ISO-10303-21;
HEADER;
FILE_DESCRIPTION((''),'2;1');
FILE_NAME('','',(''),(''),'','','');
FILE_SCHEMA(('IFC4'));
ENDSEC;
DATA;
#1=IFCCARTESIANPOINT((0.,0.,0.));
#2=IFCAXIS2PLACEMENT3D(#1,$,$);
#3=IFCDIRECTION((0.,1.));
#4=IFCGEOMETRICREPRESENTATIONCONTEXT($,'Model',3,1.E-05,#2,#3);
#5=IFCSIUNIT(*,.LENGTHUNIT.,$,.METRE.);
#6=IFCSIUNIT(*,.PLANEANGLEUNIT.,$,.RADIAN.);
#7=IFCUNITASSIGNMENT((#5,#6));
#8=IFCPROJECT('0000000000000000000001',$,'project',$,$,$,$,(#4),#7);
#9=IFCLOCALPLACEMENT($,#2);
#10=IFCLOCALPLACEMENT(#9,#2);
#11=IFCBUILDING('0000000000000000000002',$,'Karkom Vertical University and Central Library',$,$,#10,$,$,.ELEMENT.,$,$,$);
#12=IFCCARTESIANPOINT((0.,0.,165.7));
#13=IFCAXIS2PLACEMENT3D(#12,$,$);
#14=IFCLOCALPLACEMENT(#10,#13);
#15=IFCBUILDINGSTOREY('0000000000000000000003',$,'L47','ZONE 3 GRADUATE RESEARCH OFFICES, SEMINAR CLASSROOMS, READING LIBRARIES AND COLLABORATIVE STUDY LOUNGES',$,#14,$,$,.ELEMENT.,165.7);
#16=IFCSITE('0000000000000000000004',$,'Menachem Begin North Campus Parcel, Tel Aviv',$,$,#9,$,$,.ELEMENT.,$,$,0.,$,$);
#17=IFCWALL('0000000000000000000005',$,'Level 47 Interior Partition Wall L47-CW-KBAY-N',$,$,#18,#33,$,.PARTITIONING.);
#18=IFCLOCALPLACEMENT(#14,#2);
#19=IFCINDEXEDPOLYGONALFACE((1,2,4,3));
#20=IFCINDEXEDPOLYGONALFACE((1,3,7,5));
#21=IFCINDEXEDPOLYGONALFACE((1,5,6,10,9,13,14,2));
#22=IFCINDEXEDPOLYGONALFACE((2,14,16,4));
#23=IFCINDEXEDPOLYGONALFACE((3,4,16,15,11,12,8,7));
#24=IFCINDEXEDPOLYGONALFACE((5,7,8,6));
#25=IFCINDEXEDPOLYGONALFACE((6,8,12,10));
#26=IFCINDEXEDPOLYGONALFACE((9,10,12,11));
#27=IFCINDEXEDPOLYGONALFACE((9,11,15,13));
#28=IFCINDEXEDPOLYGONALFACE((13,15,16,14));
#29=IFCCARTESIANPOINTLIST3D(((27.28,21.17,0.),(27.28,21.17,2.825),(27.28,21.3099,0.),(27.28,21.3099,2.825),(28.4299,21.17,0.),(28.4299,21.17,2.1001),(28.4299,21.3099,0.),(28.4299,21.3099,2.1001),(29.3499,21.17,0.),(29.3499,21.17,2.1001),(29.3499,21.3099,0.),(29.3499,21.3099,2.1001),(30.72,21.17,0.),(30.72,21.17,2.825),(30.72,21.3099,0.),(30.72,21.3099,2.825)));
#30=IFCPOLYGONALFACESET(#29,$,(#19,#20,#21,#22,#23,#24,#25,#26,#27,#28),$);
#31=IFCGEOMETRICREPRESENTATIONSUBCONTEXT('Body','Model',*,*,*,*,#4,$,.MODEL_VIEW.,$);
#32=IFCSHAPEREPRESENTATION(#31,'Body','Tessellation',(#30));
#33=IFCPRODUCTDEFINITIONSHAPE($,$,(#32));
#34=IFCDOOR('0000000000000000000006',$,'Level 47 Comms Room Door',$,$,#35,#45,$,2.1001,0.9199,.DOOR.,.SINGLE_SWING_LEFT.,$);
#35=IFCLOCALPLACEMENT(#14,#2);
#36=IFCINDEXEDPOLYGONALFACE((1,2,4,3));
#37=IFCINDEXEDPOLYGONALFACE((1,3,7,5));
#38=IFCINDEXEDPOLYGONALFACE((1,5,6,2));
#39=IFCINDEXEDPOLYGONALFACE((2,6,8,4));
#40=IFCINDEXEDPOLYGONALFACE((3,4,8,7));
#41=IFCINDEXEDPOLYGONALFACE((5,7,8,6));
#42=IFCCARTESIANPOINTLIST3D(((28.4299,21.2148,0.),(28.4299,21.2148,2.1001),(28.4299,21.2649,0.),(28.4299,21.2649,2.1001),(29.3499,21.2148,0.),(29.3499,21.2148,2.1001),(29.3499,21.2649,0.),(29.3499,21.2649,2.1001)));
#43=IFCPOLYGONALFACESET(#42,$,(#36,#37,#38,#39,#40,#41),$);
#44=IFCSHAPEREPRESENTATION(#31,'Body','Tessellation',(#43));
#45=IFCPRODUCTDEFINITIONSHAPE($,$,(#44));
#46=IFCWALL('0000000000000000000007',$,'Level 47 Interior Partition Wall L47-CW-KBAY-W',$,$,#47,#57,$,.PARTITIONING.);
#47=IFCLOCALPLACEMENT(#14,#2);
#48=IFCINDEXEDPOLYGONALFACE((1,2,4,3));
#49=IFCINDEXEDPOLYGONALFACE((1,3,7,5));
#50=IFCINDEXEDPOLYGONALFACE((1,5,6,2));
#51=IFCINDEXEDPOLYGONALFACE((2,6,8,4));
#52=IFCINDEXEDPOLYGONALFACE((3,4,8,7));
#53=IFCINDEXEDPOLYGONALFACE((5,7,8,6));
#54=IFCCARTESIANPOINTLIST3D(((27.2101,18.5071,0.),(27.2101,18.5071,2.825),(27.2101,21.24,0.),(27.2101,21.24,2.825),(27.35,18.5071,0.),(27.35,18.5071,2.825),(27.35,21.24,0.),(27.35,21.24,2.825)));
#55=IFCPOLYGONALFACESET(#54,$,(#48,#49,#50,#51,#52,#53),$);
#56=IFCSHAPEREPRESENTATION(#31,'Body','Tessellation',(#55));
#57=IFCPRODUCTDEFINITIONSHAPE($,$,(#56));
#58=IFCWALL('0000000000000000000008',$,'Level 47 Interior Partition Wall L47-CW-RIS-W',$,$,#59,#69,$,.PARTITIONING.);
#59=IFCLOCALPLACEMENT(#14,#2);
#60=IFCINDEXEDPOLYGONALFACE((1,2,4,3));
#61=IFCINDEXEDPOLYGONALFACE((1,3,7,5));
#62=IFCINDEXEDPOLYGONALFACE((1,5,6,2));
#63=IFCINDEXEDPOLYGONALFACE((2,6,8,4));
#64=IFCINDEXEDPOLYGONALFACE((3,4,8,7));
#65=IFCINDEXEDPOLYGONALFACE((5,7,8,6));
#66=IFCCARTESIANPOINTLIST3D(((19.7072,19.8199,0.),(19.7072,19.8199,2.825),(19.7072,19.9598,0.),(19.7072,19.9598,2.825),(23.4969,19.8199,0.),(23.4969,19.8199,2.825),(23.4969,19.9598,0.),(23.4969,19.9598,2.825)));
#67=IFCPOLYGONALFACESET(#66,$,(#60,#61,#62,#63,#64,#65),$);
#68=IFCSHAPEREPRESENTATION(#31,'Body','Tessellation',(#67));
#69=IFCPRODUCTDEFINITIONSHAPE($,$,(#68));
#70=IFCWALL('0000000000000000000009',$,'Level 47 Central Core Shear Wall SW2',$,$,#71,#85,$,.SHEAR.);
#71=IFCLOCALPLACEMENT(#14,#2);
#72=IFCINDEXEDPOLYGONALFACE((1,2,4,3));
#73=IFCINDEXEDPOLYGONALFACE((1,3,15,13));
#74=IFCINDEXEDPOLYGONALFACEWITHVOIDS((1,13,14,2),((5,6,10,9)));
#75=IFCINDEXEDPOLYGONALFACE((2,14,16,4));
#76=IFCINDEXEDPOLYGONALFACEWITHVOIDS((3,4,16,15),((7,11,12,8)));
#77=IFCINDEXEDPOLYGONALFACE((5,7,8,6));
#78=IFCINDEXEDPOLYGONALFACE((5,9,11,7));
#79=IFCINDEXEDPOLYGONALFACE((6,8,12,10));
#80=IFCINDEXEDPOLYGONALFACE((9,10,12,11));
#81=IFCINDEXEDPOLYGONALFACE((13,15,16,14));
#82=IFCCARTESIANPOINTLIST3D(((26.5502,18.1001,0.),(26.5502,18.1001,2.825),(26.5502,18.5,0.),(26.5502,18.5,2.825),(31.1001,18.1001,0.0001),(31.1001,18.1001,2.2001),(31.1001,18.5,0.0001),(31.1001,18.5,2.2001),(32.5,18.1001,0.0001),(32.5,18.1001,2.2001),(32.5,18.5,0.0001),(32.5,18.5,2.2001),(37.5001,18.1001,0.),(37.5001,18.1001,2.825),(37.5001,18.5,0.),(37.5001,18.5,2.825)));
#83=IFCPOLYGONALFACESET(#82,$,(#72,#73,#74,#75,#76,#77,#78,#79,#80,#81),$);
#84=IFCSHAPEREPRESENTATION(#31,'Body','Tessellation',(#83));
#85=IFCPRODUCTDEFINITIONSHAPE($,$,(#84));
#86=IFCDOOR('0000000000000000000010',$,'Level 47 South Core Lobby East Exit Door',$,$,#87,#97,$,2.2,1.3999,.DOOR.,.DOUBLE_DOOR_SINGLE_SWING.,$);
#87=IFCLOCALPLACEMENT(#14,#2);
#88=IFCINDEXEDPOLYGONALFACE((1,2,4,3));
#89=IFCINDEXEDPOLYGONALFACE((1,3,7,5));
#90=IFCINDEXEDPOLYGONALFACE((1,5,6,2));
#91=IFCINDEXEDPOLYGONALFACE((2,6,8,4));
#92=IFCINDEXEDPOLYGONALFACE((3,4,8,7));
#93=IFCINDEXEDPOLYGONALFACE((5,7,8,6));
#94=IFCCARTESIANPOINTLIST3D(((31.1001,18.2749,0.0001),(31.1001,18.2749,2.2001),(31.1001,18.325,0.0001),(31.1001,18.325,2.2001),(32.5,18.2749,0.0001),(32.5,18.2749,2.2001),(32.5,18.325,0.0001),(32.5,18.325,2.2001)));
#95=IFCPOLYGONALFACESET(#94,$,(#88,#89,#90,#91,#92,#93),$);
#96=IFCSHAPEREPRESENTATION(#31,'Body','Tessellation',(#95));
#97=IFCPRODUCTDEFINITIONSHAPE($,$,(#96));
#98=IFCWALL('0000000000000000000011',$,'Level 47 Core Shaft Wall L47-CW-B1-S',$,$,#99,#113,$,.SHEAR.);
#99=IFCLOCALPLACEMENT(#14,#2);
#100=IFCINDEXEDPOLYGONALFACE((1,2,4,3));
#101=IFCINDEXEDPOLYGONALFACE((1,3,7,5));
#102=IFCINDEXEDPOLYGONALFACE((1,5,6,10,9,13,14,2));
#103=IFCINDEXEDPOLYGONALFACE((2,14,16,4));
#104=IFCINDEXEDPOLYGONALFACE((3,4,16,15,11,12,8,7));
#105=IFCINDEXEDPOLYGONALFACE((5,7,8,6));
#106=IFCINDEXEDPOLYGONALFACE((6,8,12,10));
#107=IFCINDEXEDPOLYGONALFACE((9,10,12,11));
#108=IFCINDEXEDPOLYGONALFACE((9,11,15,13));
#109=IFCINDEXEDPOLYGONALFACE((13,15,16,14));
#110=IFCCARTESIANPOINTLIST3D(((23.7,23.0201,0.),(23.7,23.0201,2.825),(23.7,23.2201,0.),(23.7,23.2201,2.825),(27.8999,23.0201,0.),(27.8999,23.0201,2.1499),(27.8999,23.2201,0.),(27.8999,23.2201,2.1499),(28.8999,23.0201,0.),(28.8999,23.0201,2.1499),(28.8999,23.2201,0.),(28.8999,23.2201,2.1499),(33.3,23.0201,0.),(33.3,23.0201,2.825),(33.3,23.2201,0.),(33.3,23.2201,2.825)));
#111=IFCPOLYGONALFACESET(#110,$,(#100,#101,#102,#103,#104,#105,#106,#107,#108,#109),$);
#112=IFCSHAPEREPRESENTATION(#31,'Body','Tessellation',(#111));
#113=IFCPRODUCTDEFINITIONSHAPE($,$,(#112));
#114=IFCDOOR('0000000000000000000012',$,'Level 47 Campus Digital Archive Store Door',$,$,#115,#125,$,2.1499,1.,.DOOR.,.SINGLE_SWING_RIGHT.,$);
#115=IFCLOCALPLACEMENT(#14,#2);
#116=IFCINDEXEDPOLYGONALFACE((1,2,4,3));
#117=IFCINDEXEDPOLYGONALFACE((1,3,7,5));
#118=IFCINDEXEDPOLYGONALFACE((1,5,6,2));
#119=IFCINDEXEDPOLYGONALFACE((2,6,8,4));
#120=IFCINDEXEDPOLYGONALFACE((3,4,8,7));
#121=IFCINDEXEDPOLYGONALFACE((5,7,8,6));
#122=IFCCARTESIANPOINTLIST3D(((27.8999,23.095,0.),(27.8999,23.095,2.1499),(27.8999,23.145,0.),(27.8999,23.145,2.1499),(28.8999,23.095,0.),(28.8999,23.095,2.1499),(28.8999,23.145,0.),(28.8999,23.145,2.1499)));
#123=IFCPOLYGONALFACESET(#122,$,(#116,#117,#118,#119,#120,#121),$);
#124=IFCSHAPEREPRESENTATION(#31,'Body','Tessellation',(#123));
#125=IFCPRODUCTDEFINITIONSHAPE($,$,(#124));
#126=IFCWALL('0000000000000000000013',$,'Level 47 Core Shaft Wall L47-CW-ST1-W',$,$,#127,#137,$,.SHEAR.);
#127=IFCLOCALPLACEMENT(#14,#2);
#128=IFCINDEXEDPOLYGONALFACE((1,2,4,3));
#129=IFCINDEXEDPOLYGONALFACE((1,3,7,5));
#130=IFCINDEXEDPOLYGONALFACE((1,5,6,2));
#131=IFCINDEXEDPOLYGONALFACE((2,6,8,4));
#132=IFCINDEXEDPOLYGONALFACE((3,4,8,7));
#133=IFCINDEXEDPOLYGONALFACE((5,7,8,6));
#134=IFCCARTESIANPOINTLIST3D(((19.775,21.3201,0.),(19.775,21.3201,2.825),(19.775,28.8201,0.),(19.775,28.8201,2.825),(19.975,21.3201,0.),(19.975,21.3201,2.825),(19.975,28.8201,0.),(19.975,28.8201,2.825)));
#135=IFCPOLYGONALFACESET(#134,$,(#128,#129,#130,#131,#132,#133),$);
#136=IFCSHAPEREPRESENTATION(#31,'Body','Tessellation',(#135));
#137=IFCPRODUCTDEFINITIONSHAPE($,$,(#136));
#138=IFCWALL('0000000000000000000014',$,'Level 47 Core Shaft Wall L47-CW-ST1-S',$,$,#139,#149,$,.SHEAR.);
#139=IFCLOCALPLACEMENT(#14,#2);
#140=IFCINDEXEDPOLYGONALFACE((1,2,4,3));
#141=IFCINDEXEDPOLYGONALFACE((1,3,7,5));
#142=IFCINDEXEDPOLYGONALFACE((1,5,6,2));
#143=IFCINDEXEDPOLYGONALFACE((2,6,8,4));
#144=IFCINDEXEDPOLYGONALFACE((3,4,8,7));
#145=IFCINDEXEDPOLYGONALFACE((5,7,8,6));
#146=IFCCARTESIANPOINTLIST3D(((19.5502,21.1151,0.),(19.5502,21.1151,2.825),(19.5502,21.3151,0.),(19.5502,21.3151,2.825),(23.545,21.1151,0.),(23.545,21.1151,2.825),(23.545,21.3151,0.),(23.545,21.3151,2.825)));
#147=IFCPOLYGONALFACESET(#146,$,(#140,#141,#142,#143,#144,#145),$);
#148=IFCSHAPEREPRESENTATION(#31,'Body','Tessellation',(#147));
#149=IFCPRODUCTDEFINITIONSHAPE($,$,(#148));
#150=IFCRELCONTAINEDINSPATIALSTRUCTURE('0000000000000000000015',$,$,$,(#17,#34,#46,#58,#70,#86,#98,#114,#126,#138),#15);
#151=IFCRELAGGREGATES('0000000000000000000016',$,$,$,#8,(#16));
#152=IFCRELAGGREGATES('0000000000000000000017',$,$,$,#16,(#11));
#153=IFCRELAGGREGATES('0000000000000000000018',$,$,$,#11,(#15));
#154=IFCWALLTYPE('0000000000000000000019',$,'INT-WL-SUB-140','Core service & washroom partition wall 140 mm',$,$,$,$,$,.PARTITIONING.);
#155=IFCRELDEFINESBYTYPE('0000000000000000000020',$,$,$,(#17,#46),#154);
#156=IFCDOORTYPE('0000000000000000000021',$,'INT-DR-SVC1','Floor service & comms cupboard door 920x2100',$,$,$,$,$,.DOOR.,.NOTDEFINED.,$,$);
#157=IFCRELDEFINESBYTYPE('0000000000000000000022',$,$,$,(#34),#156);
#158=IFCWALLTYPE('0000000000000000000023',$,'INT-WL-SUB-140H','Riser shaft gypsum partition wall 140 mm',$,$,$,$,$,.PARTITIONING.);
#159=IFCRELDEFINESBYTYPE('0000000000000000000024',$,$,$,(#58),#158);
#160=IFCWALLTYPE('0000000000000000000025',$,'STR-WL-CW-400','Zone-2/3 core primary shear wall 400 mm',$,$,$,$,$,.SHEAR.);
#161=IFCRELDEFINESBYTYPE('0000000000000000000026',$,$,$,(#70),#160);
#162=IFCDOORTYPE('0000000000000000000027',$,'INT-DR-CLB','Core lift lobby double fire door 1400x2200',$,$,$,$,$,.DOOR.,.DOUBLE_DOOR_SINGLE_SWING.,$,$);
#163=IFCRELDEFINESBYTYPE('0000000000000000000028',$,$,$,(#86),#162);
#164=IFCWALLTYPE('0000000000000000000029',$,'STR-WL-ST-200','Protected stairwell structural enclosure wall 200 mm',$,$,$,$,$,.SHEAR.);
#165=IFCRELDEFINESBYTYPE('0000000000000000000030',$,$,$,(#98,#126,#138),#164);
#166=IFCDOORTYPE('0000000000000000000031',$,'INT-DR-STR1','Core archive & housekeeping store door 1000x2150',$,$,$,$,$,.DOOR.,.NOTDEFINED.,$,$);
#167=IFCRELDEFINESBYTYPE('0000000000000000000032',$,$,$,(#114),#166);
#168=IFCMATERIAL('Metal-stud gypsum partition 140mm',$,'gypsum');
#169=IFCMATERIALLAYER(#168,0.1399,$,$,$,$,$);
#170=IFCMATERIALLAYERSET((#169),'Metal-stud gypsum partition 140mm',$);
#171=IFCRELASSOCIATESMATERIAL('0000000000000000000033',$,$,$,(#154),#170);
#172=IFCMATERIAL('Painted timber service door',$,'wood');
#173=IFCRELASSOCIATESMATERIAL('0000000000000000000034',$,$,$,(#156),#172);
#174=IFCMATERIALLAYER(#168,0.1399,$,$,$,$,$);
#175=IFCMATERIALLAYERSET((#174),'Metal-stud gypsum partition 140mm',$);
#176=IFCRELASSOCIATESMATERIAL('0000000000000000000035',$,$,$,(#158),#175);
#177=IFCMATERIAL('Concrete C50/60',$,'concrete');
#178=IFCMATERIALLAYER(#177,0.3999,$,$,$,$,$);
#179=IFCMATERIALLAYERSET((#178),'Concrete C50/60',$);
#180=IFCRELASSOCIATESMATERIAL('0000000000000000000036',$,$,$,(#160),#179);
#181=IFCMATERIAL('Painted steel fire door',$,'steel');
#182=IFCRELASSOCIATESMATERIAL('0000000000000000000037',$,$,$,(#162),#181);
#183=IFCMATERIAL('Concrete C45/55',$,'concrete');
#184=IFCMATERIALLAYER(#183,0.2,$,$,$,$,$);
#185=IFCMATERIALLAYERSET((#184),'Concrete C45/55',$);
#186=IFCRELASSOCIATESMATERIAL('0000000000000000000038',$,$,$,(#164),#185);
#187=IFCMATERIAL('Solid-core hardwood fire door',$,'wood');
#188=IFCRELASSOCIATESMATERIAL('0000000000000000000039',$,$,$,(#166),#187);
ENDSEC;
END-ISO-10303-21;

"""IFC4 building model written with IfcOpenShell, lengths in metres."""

from ifc_helpers import new_model, si_unit, direction, frame, frame_2d, origin, origin_with_axes, place, context, subcontext, project, spatial, rectangle, extrude, source, transform, mapped, material, layer, layer_set, type_object, element, fill, save


model = new_model("IFC4")

# Units and contexts
model_context = context("Model", 3, precision=1e-05, world=origin(), true_north=direction((0.0, 1.0)))
body_context = subcontext(model_context, "Body", "Model", "MODEL_VIEW")
ifc_project = project(units=[si_unit("LENGTHUNIT", "METRE"), si_unit("PLANEANGLEUNIT", "RADIAN")], contexts=[model_context])

# Site, building, storey
site_placement = place(None, origin())
site = spatial("IfcSite", under=ifc_project, at=site_placement, Name="Menachem Begin North Campus Parcel, Tel Aviv", CompositionType="ELEMENT", RefElevation=0.0)
building_placement = place(site_placement, origin())
building = spatial("IfcBuilding", under=site, at=building_placement, Name="Karkom Vertical University and Central Library", CompositionType="ELEMENT")
storey_placement = place(building_placement, frame((0.0, 0.0, 165.7)))
storey = spatial("IfcBuildingStorey", under=building, at=storey_placement, Name="L47", Description="ZONE 3 GRADUATE RESEARCH OFFICES, SEMINAR CLASSROOMS, READING LIBRARIES AND COLLABORATIVE STUDY LOUNGES", CompositionType="ELEMENT", Elevation=165.7)

# Shared definitions
ifc_material_1 = material(Name="Concrete C50/60", Category="concrete")

# Wall, opening, door
ifc_material_2 = material(Name="Metal-stud gypsum partition 140mm", Category="gypsum")
ifc_layer_1 = layer(ifc_material_2, 0.1399)
ifc_layer_set_1 = layer_set([ifc_layer_1], Name="Metal-stud gypsum partition 140mm")
wall_type_1 = type_object("IfcWallType", Name="INT-WL-SUB-140", Description="Core service & washroom partition wall 140 mm", PredefinedType="PARTITIONING", material=ifc_layer_set_1)
wall_1_placement = place(storey_placement, frame((27.28, 21.24, 0.0), z_axis=(0.0, 0.0, 1.0), x_axis=(1.0, 0.0, 0.0)))
wall_1 = element("IfcWall", 1, at=wall_1_placement, inside=storey, type_object=wall_type_1, Name="Level 47 Interior Partition Wall L47-CW-KBAY-N", PredefinedType="PARTITIONING", context=body_context, shape_type="SweptSolid", body=[
    extrude(rectangle(XDim=3.4399, YDim=0.1399, at=frame_2d((1.72, 0.0))), origin(), (0.0, 0.0, 1.0), 2.825),
])
opening_1_placement = place(wall_1_placement, frame((1.1499, 0.0, 0.0)))
opening_1 = element("IfcOpeningElement", 2, at=opening_1_placement, cuts=wall_1, PredefinedType="OPENING", context=body_context, shape_type="SweptSolid", body=[
    extrude(rectangle(XDim=0.9199, YDim=2.1001, at=frame_2d((0.46, 1.05))), frame((0.0, 0.0801, 0.0), z_axis=(0.0, -1.0, 0.0), x_axis=(1.0, 0.0, 0.0)), (0.0, 0.0, 1.0), 0.1599),
])
ifc_material_3 = material(Name="Painted timber service door", Category="wood")
door_type_1 = type_object("IfcDoorType", Name="INT-DR-SVC1", Description="Floor service & comms cupboard door 920x2100", OperationType="NOTDEFINED", PredefinedType="DOOR", material=ifc_material_3)
shared_shape_1 = source(origin_with_axes(), body_context, "Body", "SweptSolid", [
    extrude(rectangle(XDim=0.9199, YDim=2.1001, at=frame_2d((0.46, 1.05))), frame((0.0, 0.0249, 0.0), z_axis=(0.0, -1.0, 0.0), x_axis=(1.0, 0.0, 0.0)), (0.0, 0.0, 1.0), 0.05),
])
door_1_placement = place(opening_1_placement, origin())
door_1 = element("IfcDoor", 3, at=door_1_placement, inside=storey, type_object=door_type_1, Name="Level 47 Comms Room Door", OperationType="SINGLE_SWING_LEFT", OverallHeight=2.1001, OverallWidth=0.9199, PredefinedType="DOOR", context=body_context, shape_type="MappedRepresentation", body=[
    mapped(shared_shape_1, transform((0.0, 0.0, 0.0), scale=1.0)),
])
fill(opening_1, door_1)

# Walls
wall_2_placement = place(storey_placement, frame((27.28, 18.5071, 0.0), z_axis=(0.0, 0.0, 1.0), x_axis=(0.0, 1.0, 0.0)))
element("IfcWall", 4, at=wall_2_placement, inside=storey, type_object=wall_type_1, Name="Level 47 Interior Partition Wall L47-CW-KBAY-W", PredefinedType="PARTITIONING", context=body_context, shape_type="SweptSolid", body=[
    extrude(rectangle(XDim=2.7329, YDim=0.1399, at=frame_2d((1.3665, 0.0))), origin(), (0.0, 0.0, 1.0), 2.825),
])
ifc_layer_2 = layer(ifc_material_2, 0.1399)
ifc_layer_set_2 = layer_set([ifc_layer_2], Name="Metal-stud gypsum partition 140mm")
wall_type_2 = type_object("IfcWallType", Name="INT-WL-SUB-140H", Description="Riser shaft gypsum partition wall 140 mm", PredefinedType="PARTITIONING", material=ifc_layer_set_2)
wall_3_placement = place(storey_placement, frame((19.707, 19.8899, 0.0), z_axis=(0.0, 0.0, 1.0), x_axis=(1.0, 0.0, 0.0)))
element("IfcWall", 5, at=wall_3_placement, inside=storey, type_object=wall_type_2, Name="Level 47 Interior Partition Wall L47-CW-RIS-W", PredefinedType="PARTITIONING", context=body_context, shape_type="SweptSolid", body=[
    extrude(rectangle(XDim=3.7898, YDim=0.1399, at=frame_2d((1.895, 0.0))), origin(), (0.0, 0.0, 1.0), 2.825),
])

# Wall, opening, door
ifc_layer_3 = layer(ifc_material_1, 0.3999)
ifc_layer_set_3 = layer_set([ifc_layer_3], Name="Concrete C50/60")
wall_type_3 = type_object("IfcWallType", Name="STR-WL-CW-400", Description="Zone-2/3 core primary shear wall 400 mm", PredefinedType="SHEAR", material=ifc_layer_set_3)
wall_4_placement = place(storey_placement, frame((26.55, 18.3, 0.0), z_axis=(0.0, 0.0, 1.0), x_axis=(1.0, 0.0, 0.0)))
wall_4 = element("IfcWall", 6, at=wall_4_placement, inside=storey, type_object=wall_type_3, Name="Level 47 Central Core Shear Wall SW2", PredefinedType="SHEAR", context=body_context, shape_type="SweptSolid", body=[
    extrude(rectangle(XDim=10.95, YDim=0.3999, at=frame_2d((5.4751, 0.0))), origin(), (0.0, 0.0, 1.0), 2.825),
])
opening_2_placement = place(wall_4_placement, frame((4.55, 0.0, 0.0)))
opening_2 = element("IfcOpeningElement", 7, at=opening_2_placement, cuts=wall_4, PredefinedType="OPENING", context=body_context, shape_type="SweptSolid", body=[
    extrude(rectangle(XDim=1.3999, YDim=2.2, at=frame_2d((0.7, 1.1001))), frame((0.0, 0.21, 0.0), z_axis=(0.0, -1.0, 0.0), x_axis=(1.0, 0.0, 0.0)), (0.0, 0.0, 1.0), 0.4199),
])
ifc_material_4 = material(Name="Painted steel fire door", Category="steel")
door_type_2 = type_object("IfcDoorType", Name="INT-DR-CLB", Description="Core lift lobby double fire door 1400x2200", OperationType="DOUBLE_DOOR_SINGLE_SWING", PredefinedType="DOOR", material=ifc_material_4)
shared_shape_2 = source(origin_with_axes(), body_context, "Body", "SweptSolid", [
    extrude(rectangle(XDim=1.3999, YDim=2.2, at=frame_2d((0.7, 1.1001))), frame((0.0, 0.0249, 0.0), z_axis=(0.0, -1.0, 0.0), x_axis=(1.0, 0.0, 0.0)), (0.0, 0.0, 1.0), 0.05),
])
door_2_placement = place(opening_2_placement, origin())
door_2 = element("IfcDoor", 8, at=door_2_placement, inside=storey, type_object=door_type_2, Name="Level 47 South Core Lobby East Exit Door", OperationType="DOUBLE_DOOR_SINGLE_SWING", OverallHeight=2.2, OverallWidth=1.3999, PredefinedType="DOOR", context=body_context, shape_type="MappedRepresentation", body=[
    mapped(shared_shape_2, transform((0.0, 0.0, 0.0), scale=1.0)),
])
fill(opening_2, door_2)

# Shared definitions
ifc_material_5 = material(Name="Concrete C45/55", Category="concrete")
ifc_layer_4 = layer(ifc_material_5, 0.2)
ifc_layer_set_4 = layer_set([ifc_layer_4], Name="Concrete C45/55")
wall_type_4 = type_object("IfcWallType", Name="STR-WL-ST-200", Description="Protected stairwell structural enclosure wall 200 mm", PredefinedType="SHEAR", material=ifc_layer_set_4)

# Wall, opening, door
wall_5_placement = place(storey_placement, frame((23.7, 23.1201, 0.0), z_axis=(0.0, 0.0, 1.0), x_axis=(1.0, 0.0, 0.0)))
wall_5 = element("IfcWall", 9, at=wall_5_placement, inside=storey, type_object=wall_type_4, Name="Level 47 Core Shaft Wall L47-CW-B1-S", PredefinedType="SHEAR", context=body_context, shape_type="SweptSolid", body=[
    extrude(rectangle(XDim=9.6001, YDim=0.2, at=frame_2d((4.8, 0.0))), origin(), (0.0, 0.0, 1.0), 2.825),
])
opening_3_placement = place(wall_5_placement, frame((4.2, 0.0, 0.0)))
opening_3 = element("IfcOpeningElement", 10, at=opening_3_placement, cuts=wall_5, PredefinedType="OPENING", context=body_context, shape_type="SweptSolid", body=[
    extrude(rectangle(XDim=1.0, YDim=2.1499, at=frame_2d((0.5, 1.075))), frame((0.0, 0.1099, 0.0), z_axis=(0.0, -1.0, 0.0), x_axis=(1.0, 0.0, 0.0)), (0.0, 0.0, 1.0), 0.22),
])
ifc_material_6 = material(Name="Solid-core hardwood fire door", Category="wood")
door_type_3 = type_object("IfcDoorType", Name="INT-DR-STR1", Description="Core archive & housekeeping store door 1000x2150", OperationType="NOTDEFINED", PredefinedType="DOOR", material=ifc_material_6)
shared_shape_3 = source(origin_with_axes(), body_context, "Body", "SweptSolid", [
    extrude(rectangle(XDim=1.0, YDim=2.1499, at=frame_2d((0.5, 1.075))), frame((0.0, 0.0249, 0.0), z_axis=(0.0, -1.0, 0.0), x_axis=(1.0, 0.0, 0.0)), (0.0, 0.0, 1.0), 0.05),
])
door_3_placement = place(opening_3_placement, origin())
door_3 = element("IfcDoor", 11, at=door_3_placement, inside=storey, type_object=door_type_3, Name="Level 47 Campus Digital Archive Store Door", OperationType="SINGLE_SWING_RIGHT", OverallHeight=2.1499, OverallWidth=1.0, PredefinedType="DOOR", context=body_context, shape_type="MappedRepresentation", body=[
    mapped(shared_shape_3, transform((0.0, 0.0, 0.0), scale=1.0)),
])
fill(opening_3, door_3)

# Walls
wall_6_placement = place(storey_placement, frame((19.875, 21.3201, 0.0), z_axis=(0.0, 0.0, 1.0), x_axis=(0.0, 1.0, 0.0)))
element("IfcWall", 12, at=wall_6_placement, inside=storey, type_object=wall_type_4, Name="Level 47 Core Shaft Wall L47-CW-ST1-W", PredefinedType="SHEAR", context=body_context, shape_type="SweptSolid", body=[
    extrude(rectangle(XDim=7.5, YDim=0.2, at=frame_2d((3.75, 0.0))), origin(), (0.0, 0.0, 1.0), 2.825),
])
wall_7_placement = place(storey_placement, frame((19.55, 21.2151, 0.0), z_axis=(0.0, 0.0, 1.0), x_axis=(1.0, 0.0, 0.0)))
element("IfcWall", 13, at=wall_7_placement, inside=storey, type_object=wall_type_4, Name="Level 47 Core Shaft Wall L47-CW-ST1-S", PredefinedType="SHEAR", context=body_context, shape_type="SweptSolid", body=[
    extrude(rectangle(XDim=3.9949, YDim=0.2, at=frame_2d((1.9976, 0.0))), origin(), (0.0, 0.0, 1.0), 2.825),
])

save(model, "model.ifc")
